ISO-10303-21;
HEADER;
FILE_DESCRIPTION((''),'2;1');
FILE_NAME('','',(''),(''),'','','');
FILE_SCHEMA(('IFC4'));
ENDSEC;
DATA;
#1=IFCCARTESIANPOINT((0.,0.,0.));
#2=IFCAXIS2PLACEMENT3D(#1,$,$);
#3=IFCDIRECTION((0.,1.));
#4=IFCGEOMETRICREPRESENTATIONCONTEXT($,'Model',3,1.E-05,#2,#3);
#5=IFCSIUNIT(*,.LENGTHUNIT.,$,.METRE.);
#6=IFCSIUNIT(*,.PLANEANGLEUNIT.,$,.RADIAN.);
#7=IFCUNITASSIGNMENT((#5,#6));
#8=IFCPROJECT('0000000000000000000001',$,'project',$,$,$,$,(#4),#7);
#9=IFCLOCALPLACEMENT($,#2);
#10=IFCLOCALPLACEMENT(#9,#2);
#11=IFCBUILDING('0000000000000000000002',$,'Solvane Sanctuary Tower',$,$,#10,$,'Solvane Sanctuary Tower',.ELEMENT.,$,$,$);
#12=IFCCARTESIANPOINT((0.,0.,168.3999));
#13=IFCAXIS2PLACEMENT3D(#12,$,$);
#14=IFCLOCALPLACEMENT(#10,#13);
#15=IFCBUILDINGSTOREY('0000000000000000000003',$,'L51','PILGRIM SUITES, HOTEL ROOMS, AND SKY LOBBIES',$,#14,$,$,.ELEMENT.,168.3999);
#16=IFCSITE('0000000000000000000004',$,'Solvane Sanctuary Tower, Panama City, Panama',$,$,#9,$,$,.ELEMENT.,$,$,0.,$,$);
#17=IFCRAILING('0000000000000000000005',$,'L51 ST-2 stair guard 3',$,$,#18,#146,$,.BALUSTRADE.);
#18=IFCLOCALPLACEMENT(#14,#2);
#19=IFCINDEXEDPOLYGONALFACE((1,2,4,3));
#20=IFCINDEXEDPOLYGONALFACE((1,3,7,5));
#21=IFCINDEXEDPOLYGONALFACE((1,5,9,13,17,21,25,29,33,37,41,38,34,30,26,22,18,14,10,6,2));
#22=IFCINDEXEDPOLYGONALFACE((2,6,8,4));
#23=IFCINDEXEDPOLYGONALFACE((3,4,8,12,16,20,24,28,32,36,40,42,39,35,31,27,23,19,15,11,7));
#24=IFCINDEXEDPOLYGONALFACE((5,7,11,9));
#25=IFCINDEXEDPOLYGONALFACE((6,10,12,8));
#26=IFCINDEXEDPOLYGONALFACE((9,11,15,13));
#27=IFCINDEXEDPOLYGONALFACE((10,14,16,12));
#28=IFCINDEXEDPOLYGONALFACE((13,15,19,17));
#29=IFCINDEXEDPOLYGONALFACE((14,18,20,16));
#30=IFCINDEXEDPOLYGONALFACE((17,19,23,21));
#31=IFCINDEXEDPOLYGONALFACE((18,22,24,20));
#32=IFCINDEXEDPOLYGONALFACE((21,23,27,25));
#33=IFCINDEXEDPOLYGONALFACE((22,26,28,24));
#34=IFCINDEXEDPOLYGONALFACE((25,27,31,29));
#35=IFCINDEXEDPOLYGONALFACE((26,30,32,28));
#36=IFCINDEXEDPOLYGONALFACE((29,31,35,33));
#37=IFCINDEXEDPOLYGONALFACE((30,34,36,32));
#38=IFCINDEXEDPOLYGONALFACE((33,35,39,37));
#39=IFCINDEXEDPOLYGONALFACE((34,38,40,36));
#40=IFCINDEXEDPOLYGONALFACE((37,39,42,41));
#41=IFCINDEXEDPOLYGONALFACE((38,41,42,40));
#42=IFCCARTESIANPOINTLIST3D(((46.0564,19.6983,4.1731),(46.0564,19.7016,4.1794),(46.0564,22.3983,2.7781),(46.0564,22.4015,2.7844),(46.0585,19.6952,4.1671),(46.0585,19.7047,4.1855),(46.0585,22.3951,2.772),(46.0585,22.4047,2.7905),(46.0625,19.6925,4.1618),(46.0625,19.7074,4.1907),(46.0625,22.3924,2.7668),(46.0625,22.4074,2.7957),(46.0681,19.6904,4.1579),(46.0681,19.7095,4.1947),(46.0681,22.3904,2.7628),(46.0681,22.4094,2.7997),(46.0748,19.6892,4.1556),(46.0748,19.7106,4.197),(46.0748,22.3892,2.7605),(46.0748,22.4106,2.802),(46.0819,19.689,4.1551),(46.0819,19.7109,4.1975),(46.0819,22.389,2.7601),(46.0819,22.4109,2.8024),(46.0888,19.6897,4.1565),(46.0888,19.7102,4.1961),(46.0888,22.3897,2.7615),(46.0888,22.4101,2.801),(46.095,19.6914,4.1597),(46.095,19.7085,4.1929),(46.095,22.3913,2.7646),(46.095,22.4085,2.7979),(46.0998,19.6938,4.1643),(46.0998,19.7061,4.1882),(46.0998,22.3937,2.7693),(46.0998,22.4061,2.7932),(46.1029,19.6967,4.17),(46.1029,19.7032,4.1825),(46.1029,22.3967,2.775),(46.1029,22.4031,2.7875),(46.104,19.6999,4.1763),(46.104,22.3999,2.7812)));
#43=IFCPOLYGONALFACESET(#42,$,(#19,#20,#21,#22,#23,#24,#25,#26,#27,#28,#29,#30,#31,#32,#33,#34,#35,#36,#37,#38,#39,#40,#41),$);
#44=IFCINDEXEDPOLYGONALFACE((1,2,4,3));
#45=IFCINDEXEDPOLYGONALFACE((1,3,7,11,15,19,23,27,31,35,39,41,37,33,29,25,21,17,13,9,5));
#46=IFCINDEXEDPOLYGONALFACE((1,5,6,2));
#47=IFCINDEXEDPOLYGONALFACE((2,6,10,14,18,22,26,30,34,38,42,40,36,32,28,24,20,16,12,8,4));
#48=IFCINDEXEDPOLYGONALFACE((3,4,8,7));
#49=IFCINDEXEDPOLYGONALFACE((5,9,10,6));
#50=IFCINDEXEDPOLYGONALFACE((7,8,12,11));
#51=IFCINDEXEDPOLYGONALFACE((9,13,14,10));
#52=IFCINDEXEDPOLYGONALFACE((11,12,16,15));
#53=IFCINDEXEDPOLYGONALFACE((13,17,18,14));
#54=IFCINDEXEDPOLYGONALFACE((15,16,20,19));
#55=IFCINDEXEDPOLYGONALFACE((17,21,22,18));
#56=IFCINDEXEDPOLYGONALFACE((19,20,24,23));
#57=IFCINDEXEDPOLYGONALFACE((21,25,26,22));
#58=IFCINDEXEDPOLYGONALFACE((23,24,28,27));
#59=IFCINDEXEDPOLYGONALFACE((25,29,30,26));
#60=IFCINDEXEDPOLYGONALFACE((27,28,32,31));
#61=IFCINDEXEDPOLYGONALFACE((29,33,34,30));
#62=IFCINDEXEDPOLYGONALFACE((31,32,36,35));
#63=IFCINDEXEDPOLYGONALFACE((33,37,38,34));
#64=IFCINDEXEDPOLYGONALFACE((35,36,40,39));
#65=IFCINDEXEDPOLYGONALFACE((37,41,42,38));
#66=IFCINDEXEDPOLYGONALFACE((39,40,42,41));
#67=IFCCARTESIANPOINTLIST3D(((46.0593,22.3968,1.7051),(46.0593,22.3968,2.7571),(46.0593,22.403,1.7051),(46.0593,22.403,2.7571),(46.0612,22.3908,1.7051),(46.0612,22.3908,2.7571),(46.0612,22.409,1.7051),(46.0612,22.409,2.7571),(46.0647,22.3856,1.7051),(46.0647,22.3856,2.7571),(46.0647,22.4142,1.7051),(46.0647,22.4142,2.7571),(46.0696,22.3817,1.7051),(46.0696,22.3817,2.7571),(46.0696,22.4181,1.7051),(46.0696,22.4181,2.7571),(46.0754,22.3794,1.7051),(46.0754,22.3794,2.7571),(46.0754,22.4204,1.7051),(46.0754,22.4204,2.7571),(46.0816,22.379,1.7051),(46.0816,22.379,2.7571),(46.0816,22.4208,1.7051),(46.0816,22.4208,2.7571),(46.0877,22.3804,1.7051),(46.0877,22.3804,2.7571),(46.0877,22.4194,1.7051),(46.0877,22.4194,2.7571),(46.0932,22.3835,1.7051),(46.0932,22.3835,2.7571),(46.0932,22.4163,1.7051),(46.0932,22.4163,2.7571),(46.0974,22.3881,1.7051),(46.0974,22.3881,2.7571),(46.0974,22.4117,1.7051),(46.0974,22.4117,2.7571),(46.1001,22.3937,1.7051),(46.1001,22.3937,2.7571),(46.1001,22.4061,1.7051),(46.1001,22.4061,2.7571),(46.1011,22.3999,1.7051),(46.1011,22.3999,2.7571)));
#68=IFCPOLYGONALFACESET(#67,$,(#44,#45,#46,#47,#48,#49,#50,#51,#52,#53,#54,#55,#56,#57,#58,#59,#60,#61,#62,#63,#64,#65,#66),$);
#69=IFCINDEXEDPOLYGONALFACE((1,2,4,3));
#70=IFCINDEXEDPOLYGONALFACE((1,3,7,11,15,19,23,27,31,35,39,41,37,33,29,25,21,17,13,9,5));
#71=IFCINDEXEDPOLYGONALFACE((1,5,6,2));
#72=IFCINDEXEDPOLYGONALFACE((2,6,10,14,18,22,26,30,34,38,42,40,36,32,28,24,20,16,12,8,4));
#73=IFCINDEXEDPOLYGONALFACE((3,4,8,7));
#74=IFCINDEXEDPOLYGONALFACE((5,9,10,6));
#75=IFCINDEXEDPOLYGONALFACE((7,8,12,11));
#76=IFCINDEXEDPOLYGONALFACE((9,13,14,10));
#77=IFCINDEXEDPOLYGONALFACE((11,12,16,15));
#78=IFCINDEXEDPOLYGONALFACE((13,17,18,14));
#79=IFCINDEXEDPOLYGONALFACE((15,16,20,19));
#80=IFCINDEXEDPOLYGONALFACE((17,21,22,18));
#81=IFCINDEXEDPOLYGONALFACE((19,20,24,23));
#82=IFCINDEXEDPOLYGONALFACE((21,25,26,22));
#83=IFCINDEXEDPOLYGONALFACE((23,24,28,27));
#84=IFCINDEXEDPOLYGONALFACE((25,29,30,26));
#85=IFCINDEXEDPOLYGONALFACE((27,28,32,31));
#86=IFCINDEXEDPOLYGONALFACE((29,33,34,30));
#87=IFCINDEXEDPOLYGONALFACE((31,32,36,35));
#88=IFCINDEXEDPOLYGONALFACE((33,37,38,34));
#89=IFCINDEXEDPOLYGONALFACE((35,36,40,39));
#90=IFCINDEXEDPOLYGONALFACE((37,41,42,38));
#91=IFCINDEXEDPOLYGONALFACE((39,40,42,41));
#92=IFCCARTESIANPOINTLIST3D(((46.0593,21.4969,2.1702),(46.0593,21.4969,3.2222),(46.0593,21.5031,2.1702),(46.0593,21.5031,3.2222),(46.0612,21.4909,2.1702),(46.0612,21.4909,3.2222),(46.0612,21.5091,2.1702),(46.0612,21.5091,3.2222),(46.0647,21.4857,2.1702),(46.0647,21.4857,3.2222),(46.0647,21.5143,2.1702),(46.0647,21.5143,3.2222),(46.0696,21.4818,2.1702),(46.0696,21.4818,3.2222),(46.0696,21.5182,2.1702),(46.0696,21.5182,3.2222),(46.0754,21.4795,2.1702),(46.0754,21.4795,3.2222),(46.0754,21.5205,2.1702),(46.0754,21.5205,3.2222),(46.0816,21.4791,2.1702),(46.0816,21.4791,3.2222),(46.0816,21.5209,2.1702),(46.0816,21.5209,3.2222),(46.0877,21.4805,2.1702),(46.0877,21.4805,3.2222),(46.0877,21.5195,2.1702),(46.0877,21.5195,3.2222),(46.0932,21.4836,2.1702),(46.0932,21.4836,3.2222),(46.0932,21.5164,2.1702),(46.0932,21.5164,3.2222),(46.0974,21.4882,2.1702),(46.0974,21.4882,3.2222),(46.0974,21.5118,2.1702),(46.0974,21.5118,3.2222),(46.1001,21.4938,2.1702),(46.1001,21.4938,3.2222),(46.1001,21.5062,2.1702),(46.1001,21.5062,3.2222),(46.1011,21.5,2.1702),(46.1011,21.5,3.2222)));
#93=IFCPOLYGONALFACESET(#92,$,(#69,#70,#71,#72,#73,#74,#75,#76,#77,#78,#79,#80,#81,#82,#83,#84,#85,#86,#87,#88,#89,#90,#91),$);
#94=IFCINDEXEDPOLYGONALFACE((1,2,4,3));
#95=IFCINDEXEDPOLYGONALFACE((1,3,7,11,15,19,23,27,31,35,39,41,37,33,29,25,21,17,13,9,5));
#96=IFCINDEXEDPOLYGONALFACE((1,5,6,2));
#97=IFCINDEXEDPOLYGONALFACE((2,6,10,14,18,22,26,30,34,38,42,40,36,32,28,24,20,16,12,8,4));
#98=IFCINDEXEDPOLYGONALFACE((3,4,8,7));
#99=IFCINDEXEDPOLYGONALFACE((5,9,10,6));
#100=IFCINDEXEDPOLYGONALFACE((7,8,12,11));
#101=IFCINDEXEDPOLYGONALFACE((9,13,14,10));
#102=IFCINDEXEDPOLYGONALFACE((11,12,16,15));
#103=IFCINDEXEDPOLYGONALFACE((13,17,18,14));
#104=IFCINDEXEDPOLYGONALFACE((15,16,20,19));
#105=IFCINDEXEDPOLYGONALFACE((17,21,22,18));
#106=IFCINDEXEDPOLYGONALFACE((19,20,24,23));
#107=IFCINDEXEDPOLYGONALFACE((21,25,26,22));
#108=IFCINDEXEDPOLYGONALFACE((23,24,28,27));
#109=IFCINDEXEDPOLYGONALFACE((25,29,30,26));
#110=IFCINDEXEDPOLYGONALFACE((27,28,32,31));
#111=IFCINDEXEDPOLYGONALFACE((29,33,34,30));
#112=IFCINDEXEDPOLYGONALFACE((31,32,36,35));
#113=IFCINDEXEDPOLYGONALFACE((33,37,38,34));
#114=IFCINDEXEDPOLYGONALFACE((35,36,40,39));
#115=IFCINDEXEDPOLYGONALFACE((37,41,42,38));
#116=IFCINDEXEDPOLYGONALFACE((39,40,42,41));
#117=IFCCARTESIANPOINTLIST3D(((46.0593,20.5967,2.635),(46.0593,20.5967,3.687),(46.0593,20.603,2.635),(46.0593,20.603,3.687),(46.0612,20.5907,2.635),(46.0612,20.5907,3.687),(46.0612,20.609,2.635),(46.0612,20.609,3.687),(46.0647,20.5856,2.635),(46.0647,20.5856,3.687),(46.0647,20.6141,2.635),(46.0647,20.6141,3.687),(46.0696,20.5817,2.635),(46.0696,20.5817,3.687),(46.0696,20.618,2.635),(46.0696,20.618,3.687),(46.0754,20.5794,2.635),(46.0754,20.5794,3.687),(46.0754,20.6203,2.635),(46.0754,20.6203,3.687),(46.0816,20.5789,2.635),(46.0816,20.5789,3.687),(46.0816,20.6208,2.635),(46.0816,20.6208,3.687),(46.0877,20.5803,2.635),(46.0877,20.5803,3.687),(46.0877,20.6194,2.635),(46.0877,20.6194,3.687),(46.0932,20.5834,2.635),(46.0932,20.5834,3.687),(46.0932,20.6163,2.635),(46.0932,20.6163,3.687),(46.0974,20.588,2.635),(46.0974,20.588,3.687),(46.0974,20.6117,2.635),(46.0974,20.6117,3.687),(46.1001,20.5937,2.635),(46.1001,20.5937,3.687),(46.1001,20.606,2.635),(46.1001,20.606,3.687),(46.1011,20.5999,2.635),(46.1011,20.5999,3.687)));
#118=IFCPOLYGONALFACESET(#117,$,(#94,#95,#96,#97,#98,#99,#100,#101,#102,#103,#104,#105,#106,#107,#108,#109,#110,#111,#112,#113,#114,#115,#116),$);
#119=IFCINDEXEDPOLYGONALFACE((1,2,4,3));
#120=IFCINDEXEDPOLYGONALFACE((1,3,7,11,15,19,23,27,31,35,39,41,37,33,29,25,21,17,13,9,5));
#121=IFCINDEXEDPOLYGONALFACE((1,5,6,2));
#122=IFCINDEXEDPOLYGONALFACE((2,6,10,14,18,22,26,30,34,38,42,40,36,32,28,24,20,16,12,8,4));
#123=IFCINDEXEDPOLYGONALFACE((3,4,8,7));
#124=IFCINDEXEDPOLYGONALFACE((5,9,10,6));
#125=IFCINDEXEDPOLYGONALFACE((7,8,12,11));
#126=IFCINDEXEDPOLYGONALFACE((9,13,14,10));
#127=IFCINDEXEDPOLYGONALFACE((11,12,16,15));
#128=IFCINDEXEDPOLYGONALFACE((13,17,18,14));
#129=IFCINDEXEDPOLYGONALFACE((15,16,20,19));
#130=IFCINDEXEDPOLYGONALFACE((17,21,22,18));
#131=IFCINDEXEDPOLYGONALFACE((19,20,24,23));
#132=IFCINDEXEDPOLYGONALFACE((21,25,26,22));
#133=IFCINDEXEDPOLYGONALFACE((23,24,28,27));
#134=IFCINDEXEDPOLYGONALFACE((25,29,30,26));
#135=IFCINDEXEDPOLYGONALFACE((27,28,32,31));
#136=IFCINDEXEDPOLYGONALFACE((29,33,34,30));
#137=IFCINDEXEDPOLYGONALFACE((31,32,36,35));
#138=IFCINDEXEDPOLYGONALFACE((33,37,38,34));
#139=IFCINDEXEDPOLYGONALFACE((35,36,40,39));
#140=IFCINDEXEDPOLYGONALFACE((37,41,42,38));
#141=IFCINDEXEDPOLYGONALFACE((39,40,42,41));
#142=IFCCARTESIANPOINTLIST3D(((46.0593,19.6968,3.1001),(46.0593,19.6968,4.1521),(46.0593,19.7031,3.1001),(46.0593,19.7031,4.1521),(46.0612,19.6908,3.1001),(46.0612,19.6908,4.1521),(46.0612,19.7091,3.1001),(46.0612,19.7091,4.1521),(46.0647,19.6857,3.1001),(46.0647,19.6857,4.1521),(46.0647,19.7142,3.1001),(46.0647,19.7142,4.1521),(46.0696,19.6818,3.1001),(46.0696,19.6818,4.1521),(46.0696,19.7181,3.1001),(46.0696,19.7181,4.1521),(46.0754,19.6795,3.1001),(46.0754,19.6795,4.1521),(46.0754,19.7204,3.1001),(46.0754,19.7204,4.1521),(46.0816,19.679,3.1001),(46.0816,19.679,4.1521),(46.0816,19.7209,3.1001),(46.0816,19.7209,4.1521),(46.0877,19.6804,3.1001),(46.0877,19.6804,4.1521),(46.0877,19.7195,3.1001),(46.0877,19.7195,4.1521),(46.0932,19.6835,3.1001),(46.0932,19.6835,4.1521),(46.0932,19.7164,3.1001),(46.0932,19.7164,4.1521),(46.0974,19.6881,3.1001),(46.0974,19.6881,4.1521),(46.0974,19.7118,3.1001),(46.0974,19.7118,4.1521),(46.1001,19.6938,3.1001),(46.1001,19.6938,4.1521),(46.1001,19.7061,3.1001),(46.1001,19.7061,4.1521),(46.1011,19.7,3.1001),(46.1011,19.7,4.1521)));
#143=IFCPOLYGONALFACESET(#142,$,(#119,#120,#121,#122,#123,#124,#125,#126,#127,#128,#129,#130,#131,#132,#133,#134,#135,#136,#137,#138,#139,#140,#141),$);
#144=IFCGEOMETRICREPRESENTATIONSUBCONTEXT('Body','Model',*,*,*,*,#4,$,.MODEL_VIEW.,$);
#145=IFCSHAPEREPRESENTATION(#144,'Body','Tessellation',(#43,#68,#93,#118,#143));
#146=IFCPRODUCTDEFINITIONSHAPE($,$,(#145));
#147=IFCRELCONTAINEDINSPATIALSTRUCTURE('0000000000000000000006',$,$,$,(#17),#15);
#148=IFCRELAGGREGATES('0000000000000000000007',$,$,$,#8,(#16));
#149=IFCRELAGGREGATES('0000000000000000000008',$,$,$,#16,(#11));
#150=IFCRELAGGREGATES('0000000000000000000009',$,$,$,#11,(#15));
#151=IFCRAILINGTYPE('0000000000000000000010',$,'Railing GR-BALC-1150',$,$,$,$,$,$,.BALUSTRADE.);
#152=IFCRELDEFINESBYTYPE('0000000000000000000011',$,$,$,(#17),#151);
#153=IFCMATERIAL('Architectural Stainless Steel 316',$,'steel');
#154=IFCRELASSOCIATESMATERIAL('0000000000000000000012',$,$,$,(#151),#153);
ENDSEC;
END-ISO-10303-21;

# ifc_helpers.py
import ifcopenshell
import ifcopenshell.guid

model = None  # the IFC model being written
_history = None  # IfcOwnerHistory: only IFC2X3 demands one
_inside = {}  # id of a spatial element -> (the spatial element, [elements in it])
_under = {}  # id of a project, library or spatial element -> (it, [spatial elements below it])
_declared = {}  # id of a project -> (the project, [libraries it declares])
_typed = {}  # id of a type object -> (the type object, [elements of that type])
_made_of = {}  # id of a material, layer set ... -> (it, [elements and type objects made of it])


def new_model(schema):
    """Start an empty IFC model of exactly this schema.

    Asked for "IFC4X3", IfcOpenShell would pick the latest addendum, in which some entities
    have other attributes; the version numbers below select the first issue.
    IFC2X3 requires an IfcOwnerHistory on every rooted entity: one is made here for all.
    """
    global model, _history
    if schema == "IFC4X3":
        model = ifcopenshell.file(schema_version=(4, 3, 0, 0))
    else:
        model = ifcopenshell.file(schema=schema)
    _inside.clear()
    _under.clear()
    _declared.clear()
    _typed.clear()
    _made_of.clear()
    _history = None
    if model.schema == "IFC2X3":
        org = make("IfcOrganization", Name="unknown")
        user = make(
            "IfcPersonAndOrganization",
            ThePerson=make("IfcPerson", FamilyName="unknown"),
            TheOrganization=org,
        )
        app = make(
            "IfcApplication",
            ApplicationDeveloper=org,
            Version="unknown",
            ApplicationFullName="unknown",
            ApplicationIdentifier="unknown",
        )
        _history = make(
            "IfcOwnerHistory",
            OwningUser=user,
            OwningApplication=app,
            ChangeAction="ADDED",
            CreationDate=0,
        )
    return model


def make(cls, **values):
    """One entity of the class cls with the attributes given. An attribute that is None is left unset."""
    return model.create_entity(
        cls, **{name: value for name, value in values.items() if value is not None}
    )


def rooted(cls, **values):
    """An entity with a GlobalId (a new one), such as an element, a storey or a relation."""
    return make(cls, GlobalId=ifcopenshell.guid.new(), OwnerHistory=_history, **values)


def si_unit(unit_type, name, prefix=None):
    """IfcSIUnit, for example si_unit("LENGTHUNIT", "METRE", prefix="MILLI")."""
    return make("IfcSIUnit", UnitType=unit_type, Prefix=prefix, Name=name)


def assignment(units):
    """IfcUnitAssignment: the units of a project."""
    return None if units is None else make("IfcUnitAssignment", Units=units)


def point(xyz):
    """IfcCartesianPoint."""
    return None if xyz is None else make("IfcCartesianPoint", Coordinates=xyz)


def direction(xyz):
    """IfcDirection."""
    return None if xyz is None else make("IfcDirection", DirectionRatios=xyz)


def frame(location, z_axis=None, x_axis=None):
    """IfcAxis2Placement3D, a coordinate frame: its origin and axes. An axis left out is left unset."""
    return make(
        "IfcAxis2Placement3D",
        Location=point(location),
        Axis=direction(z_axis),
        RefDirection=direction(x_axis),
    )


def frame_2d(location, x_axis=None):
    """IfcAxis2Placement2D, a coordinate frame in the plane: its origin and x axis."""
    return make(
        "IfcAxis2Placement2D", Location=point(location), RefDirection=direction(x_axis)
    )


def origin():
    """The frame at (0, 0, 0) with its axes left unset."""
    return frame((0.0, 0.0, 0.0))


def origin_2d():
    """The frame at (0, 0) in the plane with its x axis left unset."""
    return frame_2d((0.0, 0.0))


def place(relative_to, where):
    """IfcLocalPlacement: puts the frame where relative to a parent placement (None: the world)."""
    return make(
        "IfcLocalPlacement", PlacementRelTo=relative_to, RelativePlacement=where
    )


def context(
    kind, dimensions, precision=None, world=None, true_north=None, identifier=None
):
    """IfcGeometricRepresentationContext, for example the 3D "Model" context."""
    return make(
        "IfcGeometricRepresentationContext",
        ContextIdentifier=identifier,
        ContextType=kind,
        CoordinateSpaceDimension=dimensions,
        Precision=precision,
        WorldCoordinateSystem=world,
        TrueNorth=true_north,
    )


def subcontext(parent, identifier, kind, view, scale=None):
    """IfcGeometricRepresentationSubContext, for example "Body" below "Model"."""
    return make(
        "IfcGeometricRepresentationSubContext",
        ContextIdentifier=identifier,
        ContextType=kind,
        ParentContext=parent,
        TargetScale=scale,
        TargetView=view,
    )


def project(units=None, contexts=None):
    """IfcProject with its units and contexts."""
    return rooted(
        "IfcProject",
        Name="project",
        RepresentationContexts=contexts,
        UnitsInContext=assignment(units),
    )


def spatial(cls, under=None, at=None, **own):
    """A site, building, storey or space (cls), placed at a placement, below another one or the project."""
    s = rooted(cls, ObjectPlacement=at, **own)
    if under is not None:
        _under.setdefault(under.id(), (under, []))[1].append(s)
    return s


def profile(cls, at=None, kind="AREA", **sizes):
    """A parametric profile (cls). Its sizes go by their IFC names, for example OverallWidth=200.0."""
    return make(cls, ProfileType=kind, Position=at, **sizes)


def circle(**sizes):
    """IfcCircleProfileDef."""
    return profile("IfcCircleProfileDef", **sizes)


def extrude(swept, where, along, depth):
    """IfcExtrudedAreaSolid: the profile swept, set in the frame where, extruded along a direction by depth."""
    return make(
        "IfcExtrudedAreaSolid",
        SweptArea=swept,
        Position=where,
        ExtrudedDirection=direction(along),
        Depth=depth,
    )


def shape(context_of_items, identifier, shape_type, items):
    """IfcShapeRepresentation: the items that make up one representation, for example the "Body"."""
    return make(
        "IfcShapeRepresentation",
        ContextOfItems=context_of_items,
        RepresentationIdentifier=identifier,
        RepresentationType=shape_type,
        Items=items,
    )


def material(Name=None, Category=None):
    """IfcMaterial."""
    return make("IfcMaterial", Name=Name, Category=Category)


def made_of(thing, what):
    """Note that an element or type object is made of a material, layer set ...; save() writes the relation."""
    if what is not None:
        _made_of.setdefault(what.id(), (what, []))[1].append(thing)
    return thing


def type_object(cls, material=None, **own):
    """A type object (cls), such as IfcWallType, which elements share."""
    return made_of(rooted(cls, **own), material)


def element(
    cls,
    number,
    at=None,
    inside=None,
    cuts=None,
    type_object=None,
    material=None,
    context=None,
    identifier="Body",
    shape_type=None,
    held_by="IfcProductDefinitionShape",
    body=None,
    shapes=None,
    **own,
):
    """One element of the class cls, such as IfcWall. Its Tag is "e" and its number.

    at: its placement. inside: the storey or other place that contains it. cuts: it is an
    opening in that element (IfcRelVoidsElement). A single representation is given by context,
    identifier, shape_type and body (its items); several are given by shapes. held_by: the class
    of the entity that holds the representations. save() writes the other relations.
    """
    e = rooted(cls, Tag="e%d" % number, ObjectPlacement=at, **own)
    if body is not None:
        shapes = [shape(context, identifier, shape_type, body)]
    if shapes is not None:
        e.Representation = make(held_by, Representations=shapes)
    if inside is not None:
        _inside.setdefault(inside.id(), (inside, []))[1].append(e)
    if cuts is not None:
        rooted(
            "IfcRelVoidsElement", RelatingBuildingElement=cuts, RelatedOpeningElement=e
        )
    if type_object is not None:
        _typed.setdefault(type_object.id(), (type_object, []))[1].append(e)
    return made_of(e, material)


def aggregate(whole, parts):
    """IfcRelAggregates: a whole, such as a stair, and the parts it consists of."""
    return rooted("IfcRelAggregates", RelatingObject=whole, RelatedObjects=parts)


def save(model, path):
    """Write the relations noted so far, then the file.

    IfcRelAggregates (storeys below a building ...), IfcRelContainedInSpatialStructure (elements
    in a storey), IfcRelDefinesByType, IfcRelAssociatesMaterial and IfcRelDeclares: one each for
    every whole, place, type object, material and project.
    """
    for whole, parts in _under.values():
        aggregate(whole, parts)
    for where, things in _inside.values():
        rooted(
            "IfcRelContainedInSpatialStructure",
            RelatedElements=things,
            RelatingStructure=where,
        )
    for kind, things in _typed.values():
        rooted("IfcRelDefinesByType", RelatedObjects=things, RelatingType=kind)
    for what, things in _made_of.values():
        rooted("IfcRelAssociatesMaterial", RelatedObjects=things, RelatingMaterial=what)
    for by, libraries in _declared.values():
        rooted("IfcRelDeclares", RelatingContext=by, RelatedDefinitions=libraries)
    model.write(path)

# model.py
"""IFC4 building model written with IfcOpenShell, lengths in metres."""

from ifc_helpers import new_model, si_unit, direction, frame, origin, origin_2d, place, context, subcontext, project, spatial, circle, extrude, material, type_object, element, save


model = new_model("IFC4")

# Units and contexts
model_context = context("Model", 3, precision=1e-05, world=origin(), true_north=direction((0.0, 1.0)))
body_context = subcontext(model_context, "Body", "Model", "MODEL_VIEW")
ifc_project = project(units=[si_unit("LENGTHUNIT", "METRE"), si_unit("PLANEANGLEUNIT", "RADIAN")], contexts=[model_context])

# Site, building, storey
site_placement = place(None, origin())
site = spatial("IfcSite", under=ifc_project, at=site_placement, Name="Solvane Sanctuary Tower, Panama City, Panama", CompositionType="ELEMENT", RefElevation=0.0)
building_placement = place(site_placement, origin())
building = spatial("IfcBuilding", under=site, at=building_placement, Name="Solvane Sanctuary Tower", LongName="Solvane Sanctuary Tower", CompositionType="ELEMENT")
storey_placement = place(building_placement, frame((0.0, 0.0, 168.3999)))
storey = spatial("IfcBuildingStorey", under=building, at=storey_placement, Name="L51", Description="PILGRIM SUITES, HOTEL ROOMS, AND SKY LOBBIES", CompositionType="ELEMENT", Elevation=168.3999)

# Shared definitions
ifc_material_1 = material(Name="Architectural Stainless Steel 316", Category="steel")

# Railing
railing_type_1 = type_object("IfcRailingType", Name="Railing GR-BALC-1150", PredefinedType="BALUSTRADE", material=ifc_material_1)
railing_1_placement = place(storey_placement, frame((46.0801, 22.3999, 1.7051)))
element("IfcRailing", 1, at=railing_1_placement, inside=storey, type_object=railing_type_1, Name="L51 ST-2 stair guard 3", PredefinedType="BALUSTRADE", context=body_context, shape_type="SweptSolid", body=[
    extrude(circle(Radius=0.0239, at=origin_2d()), frame((0.0, 0.0, 1.0762), z_axis=(0.0, -0.88842, 0.459032), x_axis=(1.0, 0.0, 0.0)), (0.0, 0.0, 1.0), 3.0391),
    extrude(circle(Radius=0.021, at=origin_2d()), origin(), (0.0, 0.0, 1.0), 1.052),
    extrude(circle(Radius=0.021, at=origin_2d()), frame((0.0, -0.8999, 0.4651)), (0.0, 0.0, 1.0), 1.052),
    extrude(circle(Radius=0.021, at=origin_2d()), frame((0.0, -1.8, 0.9299)), (0.0, 0.0, 1.0), 1.052),
    extrude(circle(Radius=0.021, at=origin_2d()), frame((0.0, -2.7, 1.395)), (0.0, 0.0, 1.0), 1.052),
])

save(model, "model.ifc")
